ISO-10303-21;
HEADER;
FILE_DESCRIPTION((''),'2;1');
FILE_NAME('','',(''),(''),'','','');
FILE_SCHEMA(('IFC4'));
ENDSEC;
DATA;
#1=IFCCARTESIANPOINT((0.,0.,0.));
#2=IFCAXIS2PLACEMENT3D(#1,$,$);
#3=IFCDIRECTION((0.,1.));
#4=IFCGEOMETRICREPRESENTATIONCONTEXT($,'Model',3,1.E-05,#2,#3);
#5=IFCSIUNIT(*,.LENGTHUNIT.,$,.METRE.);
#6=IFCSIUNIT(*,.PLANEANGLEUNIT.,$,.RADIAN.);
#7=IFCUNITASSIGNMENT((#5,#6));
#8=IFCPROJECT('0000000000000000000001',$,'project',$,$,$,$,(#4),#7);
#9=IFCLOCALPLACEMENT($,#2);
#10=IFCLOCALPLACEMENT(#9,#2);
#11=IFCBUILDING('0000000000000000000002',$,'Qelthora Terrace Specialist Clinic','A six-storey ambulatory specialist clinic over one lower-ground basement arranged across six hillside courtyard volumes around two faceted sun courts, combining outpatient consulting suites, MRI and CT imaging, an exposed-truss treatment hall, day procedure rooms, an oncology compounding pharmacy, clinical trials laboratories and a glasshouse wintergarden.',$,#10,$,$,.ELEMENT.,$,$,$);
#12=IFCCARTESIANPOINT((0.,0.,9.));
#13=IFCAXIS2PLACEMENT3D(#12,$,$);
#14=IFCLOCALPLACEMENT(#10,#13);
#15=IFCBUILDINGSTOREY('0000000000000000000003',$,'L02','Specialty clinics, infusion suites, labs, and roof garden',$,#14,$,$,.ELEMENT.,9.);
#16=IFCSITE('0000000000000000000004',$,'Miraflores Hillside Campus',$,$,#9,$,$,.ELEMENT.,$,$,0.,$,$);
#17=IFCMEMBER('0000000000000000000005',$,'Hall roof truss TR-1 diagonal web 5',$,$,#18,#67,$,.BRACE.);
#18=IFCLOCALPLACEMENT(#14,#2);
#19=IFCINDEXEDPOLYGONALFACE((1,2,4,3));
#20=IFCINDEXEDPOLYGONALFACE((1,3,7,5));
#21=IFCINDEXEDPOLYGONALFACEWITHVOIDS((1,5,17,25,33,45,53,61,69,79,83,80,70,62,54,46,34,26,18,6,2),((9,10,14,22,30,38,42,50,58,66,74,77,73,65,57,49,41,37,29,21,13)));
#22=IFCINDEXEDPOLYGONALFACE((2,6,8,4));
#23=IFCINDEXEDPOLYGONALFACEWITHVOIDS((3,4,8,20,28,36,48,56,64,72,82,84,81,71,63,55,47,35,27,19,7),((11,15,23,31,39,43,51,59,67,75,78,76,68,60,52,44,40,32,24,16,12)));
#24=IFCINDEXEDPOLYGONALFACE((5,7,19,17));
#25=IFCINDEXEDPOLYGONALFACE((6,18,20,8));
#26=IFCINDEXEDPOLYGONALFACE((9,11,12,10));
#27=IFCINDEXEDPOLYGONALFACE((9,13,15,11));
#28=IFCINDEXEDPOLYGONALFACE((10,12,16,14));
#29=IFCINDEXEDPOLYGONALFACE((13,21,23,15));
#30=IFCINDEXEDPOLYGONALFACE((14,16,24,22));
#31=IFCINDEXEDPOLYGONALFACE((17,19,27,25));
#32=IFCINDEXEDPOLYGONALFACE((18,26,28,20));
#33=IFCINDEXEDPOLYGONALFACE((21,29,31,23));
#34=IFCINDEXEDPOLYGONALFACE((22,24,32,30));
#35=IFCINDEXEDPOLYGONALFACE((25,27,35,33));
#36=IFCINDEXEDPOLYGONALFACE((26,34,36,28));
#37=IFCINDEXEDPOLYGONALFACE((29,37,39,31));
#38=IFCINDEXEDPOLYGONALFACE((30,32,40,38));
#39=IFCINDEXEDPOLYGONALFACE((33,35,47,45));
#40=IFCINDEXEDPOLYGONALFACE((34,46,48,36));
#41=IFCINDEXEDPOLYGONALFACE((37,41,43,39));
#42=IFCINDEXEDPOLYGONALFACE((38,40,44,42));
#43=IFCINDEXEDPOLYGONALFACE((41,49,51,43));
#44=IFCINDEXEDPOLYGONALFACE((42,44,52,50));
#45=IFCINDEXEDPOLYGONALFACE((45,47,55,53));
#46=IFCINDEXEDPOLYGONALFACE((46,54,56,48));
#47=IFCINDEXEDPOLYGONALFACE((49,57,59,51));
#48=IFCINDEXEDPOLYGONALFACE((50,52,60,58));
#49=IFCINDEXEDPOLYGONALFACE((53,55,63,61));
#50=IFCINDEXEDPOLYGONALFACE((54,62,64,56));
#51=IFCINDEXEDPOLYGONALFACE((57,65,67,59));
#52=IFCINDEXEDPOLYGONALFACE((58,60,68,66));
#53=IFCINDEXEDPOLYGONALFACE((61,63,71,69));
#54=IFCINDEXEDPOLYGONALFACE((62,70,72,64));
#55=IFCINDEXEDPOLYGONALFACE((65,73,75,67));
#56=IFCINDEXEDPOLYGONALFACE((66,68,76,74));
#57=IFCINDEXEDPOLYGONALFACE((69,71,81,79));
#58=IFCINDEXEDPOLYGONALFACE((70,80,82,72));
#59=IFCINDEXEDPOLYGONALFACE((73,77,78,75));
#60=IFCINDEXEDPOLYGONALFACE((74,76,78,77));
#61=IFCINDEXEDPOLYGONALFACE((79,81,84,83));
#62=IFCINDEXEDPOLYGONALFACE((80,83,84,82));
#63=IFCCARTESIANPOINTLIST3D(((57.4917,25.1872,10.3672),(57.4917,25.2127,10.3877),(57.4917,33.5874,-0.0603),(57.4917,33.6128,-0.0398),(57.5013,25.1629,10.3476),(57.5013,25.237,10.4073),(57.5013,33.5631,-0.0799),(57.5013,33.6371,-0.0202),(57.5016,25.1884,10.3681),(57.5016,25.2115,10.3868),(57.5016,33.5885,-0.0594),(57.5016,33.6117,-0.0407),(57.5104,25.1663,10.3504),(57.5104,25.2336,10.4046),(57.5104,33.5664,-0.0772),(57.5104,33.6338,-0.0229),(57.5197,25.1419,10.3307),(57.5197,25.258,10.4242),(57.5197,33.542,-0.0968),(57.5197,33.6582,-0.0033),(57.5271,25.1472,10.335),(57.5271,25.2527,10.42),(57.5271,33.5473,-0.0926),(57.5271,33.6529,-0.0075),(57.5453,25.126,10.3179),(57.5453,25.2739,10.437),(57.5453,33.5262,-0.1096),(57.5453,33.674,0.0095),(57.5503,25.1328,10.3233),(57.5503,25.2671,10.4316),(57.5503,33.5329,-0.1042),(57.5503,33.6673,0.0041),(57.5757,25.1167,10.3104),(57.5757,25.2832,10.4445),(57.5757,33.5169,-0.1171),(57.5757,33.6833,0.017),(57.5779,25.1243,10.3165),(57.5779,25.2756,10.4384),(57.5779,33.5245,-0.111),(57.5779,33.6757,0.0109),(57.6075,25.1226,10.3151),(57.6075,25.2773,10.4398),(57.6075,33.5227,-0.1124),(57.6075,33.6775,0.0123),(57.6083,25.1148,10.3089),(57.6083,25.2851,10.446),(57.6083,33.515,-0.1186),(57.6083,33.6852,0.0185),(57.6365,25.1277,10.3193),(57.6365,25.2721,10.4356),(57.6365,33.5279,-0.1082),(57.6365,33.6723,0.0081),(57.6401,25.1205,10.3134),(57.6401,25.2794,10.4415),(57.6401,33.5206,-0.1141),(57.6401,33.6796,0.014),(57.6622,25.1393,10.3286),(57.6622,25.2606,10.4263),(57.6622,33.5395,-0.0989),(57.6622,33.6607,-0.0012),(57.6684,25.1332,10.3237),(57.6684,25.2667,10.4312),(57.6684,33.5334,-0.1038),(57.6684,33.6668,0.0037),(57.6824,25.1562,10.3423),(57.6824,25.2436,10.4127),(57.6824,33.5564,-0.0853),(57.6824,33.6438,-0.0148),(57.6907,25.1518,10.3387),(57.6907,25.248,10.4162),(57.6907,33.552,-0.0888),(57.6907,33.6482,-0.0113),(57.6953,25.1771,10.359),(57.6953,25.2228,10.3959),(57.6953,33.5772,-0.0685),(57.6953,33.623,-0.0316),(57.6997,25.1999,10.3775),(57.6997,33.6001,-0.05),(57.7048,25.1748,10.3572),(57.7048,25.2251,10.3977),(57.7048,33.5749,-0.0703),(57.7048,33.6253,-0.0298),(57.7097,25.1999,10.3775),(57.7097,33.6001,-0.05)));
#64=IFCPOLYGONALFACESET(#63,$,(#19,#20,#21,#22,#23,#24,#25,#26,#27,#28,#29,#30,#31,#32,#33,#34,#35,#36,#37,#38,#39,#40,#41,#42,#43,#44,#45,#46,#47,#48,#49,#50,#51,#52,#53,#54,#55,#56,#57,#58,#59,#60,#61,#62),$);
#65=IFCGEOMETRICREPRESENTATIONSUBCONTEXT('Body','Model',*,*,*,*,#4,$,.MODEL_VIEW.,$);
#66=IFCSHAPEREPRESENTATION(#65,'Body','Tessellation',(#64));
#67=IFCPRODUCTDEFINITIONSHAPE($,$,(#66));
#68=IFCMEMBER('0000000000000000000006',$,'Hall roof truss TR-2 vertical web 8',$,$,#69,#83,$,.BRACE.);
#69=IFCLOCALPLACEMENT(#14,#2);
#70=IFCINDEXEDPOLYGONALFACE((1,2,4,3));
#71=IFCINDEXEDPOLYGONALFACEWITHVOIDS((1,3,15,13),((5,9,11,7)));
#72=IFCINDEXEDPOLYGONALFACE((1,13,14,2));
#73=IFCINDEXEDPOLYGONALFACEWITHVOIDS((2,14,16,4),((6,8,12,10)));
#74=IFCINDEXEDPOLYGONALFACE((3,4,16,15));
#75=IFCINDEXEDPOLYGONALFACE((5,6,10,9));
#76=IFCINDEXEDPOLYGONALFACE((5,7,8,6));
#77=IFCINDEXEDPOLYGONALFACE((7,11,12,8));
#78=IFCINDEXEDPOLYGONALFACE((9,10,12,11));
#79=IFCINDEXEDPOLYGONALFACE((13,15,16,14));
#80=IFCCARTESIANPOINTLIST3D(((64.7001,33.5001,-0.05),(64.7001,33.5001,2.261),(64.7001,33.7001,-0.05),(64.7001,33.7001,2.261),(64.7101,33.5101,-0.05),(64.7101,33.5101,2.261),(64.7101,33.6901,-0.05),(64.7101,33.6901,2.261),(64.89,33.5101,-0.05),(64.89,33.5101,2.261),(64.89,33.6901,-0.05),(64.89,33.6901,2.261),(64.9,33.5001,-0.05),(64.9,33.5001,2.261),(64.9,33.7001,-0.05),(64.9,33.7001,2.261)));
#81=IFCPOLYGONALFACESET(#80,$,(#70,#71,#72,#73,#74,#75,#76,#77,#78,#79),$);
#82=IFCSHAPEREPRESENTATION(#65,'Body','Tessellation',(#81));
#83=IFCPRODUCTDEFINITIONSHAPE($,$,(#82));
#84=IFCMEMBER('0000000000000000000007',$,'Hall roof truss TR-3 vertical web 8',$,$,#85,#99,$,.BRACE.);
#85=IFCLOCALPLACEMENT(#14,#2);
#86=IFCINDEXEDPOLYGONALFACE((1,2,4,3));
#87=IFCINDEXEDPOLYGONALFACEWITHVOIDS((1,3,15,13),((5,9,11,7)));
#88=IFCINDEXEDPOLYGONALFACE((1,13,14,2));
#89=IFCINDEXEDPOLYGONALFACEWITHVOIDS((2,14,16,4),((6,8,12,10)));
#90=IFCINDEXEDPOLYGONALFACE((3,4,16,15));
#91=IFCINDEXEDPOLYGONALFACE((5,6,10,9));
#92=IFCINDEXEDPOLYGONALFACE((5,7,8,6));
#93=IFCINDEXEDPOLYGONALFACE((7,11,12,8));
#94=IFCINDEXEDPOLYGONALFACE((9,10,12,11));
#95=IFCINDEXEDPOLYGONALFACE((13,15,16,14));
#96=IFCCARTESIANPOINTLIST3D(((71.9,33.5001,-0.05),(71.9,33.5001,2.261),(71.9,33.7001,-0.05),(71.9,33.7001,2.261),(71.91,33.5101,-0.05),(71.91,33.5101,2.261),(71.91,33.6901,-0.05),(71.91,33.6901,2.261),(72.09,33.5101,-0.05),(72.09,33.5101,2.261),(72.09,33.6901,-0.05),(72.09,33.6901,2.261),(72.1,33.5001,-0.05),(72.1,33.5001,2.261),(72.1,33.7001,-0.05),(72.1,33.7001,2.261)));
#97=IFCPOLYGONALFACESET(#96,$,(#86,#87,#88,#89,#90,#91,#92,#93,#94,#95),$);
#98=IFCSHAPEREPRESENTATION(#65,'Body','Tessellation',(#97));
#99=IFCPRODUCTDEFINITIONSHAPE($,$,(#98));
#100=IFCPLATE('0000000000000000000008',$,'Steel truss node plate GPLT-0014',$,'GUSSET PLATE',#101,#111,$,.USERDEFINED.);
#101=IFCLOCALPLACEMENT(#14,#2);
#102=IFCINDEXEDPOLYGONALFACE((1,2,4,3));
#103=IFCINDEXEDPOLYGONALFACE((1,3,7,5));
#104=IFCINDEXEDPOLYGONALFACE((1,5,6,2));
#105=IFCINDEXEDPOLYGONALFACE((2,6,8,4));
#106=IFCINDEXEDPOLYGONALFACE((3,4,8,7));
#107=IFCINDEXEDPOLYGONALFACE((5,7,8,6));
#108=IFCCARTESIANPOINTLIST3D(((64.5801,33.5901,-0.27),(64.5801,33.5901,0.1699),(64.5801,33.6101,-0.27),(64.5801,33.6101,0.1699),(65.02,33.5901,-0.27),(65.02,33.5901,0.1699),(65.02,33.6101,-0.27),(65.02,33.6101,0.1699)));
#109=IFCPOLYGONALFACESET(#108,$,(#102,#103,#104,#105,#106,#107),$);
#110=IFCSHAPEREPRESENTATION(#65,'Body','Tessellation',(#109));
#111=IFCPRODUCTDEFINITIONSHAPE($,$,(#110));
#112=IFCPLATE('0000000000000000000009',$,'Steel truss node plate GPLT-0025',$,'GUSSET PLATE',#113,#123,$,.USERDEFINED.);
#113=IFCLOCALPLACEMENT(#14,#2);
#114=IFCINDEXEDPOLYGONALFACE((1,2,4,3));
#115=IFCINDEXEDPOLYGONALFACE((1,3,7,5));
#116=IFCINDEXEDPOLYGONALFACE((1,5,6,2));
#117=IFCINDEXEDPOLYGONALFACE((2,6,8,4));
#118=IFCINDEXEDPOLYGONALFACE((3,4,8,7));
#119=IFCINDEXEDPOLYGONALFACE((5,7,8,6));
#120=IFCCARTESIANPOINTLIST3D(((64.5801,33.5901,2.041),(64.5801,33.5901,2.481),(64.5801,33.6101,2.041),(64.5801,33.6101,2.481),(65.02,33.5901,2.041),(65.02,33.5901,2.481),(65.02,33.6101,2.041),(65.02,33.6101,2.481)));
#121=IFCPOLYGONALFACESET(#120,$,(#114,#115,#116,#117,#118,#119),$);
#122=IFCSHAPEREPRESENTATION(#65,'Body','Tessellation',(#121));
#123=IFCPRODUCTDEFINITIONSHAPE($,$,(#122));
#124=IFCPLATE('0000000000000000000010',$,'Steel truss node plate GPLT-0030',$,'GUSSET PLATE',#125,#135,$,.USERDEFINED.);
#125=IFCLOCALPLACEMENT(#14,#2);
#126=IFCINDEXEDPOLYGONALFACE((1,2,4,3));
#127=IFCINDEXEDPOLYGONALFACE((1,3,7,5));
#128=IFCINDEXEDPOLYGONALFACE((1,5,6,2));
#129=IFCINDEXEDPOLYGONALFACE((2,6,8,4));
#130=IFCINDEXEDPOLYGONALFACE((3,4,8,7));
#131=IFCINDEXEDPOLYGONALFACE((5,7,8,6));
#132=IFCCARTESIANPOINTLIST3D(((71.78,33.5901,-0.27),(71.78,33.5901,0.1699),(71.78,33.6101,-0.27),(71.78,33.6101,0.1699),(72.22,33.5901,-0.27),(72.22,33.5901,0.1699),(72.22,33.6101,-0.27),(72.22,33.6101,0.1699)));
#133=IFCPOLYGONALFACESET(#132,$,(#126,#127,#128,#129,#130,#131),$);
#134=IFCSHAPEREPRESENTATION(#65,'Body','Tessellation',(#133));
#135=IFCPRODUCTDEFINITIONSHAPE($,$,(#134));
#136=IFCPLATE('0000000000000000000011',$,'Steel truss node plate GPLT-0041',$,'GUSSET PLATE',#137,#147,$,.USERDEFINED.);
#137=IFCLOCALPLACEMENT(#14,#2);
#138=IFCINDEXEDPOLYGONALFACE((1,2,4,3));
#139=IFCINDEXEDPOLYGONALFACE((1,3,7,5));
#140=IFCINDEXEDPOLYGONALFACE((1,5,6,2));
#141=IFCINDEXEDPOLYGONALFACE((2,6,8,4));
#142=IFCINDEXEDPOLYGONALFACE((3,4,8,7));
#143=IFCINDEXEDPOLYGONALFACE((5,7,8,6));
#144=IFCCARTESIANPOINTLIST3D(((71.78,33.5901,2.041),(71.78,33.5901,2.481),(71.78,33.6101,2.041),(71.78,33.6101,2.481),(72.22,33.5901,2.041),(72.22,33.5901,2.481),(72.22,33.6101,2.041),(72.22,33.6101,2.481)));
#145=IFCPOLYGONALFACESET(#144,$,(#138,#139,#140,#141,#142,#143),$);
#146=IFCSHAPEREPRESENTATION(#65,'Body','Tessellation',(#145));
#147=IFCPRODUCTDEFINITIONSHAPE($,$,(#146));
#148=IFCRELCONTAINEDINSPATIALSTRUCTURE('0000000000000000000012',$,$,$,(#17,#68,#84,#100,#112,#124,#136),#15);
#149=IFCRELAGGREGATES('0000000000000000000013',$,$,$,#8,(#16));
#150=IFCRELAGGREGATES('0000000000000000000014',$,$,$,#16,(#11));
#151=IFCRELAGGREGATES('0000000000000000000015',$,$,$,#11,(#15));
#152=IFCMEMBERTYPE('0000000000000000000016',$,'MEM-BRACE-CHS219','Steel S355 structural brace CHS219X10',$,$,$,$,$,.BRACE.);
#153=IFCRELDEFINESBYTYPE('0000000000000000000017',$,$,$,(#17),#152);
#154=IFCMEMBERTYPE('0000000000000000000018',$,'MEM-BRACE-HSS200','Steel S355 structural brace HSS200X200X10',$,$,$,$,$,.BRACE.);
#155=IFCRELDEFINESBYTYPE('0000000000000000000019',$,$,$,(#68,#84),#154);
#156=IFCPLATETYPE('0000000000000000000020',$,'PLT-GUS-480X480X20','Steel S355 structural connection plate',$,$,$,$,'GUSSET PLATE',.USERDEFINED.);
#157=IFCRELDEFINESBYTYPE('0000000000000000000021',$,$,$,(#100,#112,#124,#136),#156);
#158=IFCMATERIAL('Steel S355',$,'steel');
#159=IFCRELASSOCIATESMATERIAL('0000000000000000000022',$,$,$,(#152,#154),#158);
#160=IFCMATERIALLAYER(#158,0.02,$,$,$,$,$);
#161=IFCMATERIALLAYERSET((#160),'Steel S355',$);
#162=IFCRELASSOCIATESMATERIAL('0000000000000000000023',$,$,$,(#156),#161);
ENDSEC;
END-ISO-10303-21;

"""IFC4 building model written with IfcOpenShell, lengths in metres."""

from ifc_helpers import new_model, si_unit, direction, frame, origin, origin_2d, place, context, subcontext, project, spatial, rectangle, hollow_rectangle, hollow_circle, extrude, material, layer, layer_set, material_profile, profile_set, type_object, element, save


model = new_model("IFC4")

# Units and contexts
model_context = context("Model", 3, precision=1e-05, world=origin(), true_north=direction((0.0, 1.0)))
body_context = subcontext(model_context, "Body", "Model", "MODEL_VIEW")
ifc_project = project(units=[si_unit("LENGTHUNIT", "METRE"), si_unit("PLANEANGLEUNIT", "RADIAN")], contexts=[model_context])

# Site, building, storey
site_placement = place(None, origin())
site = spatial("IfcSite", under=ifc_project, at=site_placement, Name="Miraflores Hillside Campus", CompositionType="ELEMENT", RefElevation=0.0)
building_placement = place(site_placement, origin())
building = spatial("IfcBuilding", under=site, at=building_placement, Name="Qelthora Terrace Specialist Clinic", Description="A six-storey ambulatory specialist clinic over one lower-ground basement arranged across six hillside courtyard volumes around two faceted sun courts, combining outpatient consulting suites, MRI and CT imaging, an exposed-truss treatment hall, day procedure rooms, an oncology compounding pharmacy, clinical trials laboratories and a glasshouse wintergarden.", CompositionType="ELEMENT")
storey_placement = place(building_placement, frame((0.0, 0.0, 9.0)))
storey = spatial("IfcBuildingStorey", under=building, at=storey_placement, Name="L02", Description="Specialty clinics, infusion suites, labs, and roof garden", CompositionType="ELEMENT", Elevation=9.0)

# Shared definitions
ifc_material = material(Name="Steel S355", Category="steel")

# Members
ifc_material_profile_1 = material_profile(ifc_material, hollow_circle(Radius=0.1096, WallThickness=0.01, at=origin_2d()), Name="CHS219X10")
ifc_profile_set_1 = profile_set([ifc_material_profile_1], Name="Steel S355")
member_type_1 = type_object("IfcMemberType", Name="MEM-BRACE-CHS219", Description="Steel S355 structural brace CHS219X10", PredefinedType="BRACE", material=ifc_profile_set_1)
member_placement = place(storey_placement, frame((57.6001, 33.6001, -0.05), z_axis=(0.0, -0.62734, 0.778746), x_axis=(1.0, 0.0, 0.0)))
element("IfcMember", 1, at=member_placement, inside=storey, type_object=member_type_1, Name="Hall roof truss TR-1 diagonal web 5", PredefinedType="BRACE", context=body_context, shape_type="SweptSolid", body=[
    extrude(hollow_circle(Radius=0.1096, WallThickness=0.01, at=origin_2d()), origin(), (0.0, 0.0, 1.0), 13.3901),
])
ifc_material_profile_2 = material_profile(ifc_material, hollow_rectangle(XDim=0.2, YDim=0.2, WallThickness=0.01, at=origin_2d()), Name="HSS200X200X10")
ifc_profile_set_2 = profile_set([ifc_material_profile_2], Name="Steel S355")
member_type_2 = type_object("IfcMemberType", Name="MEM-BRACE-HSS200", Description="Steel S355 structural brace HSS200X200X10", PredefinedType="BRACE", material=ifc_profile_set_2)
for number, where, z_axis, x_axis, name in (
    (2, (64.8, 33.6001, -0.05), (0.0, 0.0, 1.0), (1.0, 0.0, 0.0), "Hall roof truss TR-2 vertical web 8"),
    (3, (72.0, 33.6001, -0.05), (0.0, 0.0, 1.0), (1.0, 0.0, 0.0), "Hall roof truss TR-3 vertical web 8"),
):
    element("IfcMember", number, at=place(storey_placement, frame(where, z_axis=z_axis, x_axis=x_axis)), inside=storey, type_object=member_type_2, Name=name, PredefinedType="BRACE", context=body_context, shape_type="SweptSolid", body=[
        extrude(hollow_rectangle(XDim=0.2, YDim=0.2, WallThickness=0.01, at=origin_2d()), origin(), (0.0, 0.0, 1.0), 2.311),
    ])

# Plates
ifc_layer = layer(ifc_material, 0.02)
ifc_layer_set = layer_set([ifc_layer], Name="Steel S355")
plate_type = type_object("IfcPlateType", Name="PLT-GUS-480X480X20", Description="Steel S355 structural connection plate", ElementType="GUSSET PLATE", PredefinedType="USERDEFINED", material=ifc_layer_set)
for number, where, z_axis, x_axis, name in (
    (4, (64.8, 33.6001, -0.27), (0.0, 0.0, 1.0), (1.0, 0.0, 0.0), "Steel truss node plate GPLT-0014"),
    (5, (64.8, 33.6001, 2.041), (0.0, 0.0, 1.0), (1.0, 0.0, 0.0), "Steel truss node plate GPLT-0025"),
    (6, (72.0, 33.6001, -0.27), (0.0, 0.0, 1.0), (1.0, 0.0, 0.0), "Steel truss node plate GPLT-0030"),
    (7, (72.0, 33.6001, 2.041), (0.0, 0.0, 1.0), (1.0, 0.0, 0.0), "Steel truss node plate GPLT-0041"),
):
    element("IfcPlate", number, at=place(storey_placement, frame(where, z_axis=z_axis, x_axis=x_axis)), inside=storey, type_object=plate_type, Name=name, ObjectType="GUSSET PLATE", PredefinedType="USERDEFINED", context=body_context, shape_type="SweptSolid", body=[
        extrude(rectangle(XDim=0.4399, YDim=0.02, at=origin_2d()), origin(), (0.0, 0.0, 1.0), 0.4399),
    ])

save(model, "model.ifc")
